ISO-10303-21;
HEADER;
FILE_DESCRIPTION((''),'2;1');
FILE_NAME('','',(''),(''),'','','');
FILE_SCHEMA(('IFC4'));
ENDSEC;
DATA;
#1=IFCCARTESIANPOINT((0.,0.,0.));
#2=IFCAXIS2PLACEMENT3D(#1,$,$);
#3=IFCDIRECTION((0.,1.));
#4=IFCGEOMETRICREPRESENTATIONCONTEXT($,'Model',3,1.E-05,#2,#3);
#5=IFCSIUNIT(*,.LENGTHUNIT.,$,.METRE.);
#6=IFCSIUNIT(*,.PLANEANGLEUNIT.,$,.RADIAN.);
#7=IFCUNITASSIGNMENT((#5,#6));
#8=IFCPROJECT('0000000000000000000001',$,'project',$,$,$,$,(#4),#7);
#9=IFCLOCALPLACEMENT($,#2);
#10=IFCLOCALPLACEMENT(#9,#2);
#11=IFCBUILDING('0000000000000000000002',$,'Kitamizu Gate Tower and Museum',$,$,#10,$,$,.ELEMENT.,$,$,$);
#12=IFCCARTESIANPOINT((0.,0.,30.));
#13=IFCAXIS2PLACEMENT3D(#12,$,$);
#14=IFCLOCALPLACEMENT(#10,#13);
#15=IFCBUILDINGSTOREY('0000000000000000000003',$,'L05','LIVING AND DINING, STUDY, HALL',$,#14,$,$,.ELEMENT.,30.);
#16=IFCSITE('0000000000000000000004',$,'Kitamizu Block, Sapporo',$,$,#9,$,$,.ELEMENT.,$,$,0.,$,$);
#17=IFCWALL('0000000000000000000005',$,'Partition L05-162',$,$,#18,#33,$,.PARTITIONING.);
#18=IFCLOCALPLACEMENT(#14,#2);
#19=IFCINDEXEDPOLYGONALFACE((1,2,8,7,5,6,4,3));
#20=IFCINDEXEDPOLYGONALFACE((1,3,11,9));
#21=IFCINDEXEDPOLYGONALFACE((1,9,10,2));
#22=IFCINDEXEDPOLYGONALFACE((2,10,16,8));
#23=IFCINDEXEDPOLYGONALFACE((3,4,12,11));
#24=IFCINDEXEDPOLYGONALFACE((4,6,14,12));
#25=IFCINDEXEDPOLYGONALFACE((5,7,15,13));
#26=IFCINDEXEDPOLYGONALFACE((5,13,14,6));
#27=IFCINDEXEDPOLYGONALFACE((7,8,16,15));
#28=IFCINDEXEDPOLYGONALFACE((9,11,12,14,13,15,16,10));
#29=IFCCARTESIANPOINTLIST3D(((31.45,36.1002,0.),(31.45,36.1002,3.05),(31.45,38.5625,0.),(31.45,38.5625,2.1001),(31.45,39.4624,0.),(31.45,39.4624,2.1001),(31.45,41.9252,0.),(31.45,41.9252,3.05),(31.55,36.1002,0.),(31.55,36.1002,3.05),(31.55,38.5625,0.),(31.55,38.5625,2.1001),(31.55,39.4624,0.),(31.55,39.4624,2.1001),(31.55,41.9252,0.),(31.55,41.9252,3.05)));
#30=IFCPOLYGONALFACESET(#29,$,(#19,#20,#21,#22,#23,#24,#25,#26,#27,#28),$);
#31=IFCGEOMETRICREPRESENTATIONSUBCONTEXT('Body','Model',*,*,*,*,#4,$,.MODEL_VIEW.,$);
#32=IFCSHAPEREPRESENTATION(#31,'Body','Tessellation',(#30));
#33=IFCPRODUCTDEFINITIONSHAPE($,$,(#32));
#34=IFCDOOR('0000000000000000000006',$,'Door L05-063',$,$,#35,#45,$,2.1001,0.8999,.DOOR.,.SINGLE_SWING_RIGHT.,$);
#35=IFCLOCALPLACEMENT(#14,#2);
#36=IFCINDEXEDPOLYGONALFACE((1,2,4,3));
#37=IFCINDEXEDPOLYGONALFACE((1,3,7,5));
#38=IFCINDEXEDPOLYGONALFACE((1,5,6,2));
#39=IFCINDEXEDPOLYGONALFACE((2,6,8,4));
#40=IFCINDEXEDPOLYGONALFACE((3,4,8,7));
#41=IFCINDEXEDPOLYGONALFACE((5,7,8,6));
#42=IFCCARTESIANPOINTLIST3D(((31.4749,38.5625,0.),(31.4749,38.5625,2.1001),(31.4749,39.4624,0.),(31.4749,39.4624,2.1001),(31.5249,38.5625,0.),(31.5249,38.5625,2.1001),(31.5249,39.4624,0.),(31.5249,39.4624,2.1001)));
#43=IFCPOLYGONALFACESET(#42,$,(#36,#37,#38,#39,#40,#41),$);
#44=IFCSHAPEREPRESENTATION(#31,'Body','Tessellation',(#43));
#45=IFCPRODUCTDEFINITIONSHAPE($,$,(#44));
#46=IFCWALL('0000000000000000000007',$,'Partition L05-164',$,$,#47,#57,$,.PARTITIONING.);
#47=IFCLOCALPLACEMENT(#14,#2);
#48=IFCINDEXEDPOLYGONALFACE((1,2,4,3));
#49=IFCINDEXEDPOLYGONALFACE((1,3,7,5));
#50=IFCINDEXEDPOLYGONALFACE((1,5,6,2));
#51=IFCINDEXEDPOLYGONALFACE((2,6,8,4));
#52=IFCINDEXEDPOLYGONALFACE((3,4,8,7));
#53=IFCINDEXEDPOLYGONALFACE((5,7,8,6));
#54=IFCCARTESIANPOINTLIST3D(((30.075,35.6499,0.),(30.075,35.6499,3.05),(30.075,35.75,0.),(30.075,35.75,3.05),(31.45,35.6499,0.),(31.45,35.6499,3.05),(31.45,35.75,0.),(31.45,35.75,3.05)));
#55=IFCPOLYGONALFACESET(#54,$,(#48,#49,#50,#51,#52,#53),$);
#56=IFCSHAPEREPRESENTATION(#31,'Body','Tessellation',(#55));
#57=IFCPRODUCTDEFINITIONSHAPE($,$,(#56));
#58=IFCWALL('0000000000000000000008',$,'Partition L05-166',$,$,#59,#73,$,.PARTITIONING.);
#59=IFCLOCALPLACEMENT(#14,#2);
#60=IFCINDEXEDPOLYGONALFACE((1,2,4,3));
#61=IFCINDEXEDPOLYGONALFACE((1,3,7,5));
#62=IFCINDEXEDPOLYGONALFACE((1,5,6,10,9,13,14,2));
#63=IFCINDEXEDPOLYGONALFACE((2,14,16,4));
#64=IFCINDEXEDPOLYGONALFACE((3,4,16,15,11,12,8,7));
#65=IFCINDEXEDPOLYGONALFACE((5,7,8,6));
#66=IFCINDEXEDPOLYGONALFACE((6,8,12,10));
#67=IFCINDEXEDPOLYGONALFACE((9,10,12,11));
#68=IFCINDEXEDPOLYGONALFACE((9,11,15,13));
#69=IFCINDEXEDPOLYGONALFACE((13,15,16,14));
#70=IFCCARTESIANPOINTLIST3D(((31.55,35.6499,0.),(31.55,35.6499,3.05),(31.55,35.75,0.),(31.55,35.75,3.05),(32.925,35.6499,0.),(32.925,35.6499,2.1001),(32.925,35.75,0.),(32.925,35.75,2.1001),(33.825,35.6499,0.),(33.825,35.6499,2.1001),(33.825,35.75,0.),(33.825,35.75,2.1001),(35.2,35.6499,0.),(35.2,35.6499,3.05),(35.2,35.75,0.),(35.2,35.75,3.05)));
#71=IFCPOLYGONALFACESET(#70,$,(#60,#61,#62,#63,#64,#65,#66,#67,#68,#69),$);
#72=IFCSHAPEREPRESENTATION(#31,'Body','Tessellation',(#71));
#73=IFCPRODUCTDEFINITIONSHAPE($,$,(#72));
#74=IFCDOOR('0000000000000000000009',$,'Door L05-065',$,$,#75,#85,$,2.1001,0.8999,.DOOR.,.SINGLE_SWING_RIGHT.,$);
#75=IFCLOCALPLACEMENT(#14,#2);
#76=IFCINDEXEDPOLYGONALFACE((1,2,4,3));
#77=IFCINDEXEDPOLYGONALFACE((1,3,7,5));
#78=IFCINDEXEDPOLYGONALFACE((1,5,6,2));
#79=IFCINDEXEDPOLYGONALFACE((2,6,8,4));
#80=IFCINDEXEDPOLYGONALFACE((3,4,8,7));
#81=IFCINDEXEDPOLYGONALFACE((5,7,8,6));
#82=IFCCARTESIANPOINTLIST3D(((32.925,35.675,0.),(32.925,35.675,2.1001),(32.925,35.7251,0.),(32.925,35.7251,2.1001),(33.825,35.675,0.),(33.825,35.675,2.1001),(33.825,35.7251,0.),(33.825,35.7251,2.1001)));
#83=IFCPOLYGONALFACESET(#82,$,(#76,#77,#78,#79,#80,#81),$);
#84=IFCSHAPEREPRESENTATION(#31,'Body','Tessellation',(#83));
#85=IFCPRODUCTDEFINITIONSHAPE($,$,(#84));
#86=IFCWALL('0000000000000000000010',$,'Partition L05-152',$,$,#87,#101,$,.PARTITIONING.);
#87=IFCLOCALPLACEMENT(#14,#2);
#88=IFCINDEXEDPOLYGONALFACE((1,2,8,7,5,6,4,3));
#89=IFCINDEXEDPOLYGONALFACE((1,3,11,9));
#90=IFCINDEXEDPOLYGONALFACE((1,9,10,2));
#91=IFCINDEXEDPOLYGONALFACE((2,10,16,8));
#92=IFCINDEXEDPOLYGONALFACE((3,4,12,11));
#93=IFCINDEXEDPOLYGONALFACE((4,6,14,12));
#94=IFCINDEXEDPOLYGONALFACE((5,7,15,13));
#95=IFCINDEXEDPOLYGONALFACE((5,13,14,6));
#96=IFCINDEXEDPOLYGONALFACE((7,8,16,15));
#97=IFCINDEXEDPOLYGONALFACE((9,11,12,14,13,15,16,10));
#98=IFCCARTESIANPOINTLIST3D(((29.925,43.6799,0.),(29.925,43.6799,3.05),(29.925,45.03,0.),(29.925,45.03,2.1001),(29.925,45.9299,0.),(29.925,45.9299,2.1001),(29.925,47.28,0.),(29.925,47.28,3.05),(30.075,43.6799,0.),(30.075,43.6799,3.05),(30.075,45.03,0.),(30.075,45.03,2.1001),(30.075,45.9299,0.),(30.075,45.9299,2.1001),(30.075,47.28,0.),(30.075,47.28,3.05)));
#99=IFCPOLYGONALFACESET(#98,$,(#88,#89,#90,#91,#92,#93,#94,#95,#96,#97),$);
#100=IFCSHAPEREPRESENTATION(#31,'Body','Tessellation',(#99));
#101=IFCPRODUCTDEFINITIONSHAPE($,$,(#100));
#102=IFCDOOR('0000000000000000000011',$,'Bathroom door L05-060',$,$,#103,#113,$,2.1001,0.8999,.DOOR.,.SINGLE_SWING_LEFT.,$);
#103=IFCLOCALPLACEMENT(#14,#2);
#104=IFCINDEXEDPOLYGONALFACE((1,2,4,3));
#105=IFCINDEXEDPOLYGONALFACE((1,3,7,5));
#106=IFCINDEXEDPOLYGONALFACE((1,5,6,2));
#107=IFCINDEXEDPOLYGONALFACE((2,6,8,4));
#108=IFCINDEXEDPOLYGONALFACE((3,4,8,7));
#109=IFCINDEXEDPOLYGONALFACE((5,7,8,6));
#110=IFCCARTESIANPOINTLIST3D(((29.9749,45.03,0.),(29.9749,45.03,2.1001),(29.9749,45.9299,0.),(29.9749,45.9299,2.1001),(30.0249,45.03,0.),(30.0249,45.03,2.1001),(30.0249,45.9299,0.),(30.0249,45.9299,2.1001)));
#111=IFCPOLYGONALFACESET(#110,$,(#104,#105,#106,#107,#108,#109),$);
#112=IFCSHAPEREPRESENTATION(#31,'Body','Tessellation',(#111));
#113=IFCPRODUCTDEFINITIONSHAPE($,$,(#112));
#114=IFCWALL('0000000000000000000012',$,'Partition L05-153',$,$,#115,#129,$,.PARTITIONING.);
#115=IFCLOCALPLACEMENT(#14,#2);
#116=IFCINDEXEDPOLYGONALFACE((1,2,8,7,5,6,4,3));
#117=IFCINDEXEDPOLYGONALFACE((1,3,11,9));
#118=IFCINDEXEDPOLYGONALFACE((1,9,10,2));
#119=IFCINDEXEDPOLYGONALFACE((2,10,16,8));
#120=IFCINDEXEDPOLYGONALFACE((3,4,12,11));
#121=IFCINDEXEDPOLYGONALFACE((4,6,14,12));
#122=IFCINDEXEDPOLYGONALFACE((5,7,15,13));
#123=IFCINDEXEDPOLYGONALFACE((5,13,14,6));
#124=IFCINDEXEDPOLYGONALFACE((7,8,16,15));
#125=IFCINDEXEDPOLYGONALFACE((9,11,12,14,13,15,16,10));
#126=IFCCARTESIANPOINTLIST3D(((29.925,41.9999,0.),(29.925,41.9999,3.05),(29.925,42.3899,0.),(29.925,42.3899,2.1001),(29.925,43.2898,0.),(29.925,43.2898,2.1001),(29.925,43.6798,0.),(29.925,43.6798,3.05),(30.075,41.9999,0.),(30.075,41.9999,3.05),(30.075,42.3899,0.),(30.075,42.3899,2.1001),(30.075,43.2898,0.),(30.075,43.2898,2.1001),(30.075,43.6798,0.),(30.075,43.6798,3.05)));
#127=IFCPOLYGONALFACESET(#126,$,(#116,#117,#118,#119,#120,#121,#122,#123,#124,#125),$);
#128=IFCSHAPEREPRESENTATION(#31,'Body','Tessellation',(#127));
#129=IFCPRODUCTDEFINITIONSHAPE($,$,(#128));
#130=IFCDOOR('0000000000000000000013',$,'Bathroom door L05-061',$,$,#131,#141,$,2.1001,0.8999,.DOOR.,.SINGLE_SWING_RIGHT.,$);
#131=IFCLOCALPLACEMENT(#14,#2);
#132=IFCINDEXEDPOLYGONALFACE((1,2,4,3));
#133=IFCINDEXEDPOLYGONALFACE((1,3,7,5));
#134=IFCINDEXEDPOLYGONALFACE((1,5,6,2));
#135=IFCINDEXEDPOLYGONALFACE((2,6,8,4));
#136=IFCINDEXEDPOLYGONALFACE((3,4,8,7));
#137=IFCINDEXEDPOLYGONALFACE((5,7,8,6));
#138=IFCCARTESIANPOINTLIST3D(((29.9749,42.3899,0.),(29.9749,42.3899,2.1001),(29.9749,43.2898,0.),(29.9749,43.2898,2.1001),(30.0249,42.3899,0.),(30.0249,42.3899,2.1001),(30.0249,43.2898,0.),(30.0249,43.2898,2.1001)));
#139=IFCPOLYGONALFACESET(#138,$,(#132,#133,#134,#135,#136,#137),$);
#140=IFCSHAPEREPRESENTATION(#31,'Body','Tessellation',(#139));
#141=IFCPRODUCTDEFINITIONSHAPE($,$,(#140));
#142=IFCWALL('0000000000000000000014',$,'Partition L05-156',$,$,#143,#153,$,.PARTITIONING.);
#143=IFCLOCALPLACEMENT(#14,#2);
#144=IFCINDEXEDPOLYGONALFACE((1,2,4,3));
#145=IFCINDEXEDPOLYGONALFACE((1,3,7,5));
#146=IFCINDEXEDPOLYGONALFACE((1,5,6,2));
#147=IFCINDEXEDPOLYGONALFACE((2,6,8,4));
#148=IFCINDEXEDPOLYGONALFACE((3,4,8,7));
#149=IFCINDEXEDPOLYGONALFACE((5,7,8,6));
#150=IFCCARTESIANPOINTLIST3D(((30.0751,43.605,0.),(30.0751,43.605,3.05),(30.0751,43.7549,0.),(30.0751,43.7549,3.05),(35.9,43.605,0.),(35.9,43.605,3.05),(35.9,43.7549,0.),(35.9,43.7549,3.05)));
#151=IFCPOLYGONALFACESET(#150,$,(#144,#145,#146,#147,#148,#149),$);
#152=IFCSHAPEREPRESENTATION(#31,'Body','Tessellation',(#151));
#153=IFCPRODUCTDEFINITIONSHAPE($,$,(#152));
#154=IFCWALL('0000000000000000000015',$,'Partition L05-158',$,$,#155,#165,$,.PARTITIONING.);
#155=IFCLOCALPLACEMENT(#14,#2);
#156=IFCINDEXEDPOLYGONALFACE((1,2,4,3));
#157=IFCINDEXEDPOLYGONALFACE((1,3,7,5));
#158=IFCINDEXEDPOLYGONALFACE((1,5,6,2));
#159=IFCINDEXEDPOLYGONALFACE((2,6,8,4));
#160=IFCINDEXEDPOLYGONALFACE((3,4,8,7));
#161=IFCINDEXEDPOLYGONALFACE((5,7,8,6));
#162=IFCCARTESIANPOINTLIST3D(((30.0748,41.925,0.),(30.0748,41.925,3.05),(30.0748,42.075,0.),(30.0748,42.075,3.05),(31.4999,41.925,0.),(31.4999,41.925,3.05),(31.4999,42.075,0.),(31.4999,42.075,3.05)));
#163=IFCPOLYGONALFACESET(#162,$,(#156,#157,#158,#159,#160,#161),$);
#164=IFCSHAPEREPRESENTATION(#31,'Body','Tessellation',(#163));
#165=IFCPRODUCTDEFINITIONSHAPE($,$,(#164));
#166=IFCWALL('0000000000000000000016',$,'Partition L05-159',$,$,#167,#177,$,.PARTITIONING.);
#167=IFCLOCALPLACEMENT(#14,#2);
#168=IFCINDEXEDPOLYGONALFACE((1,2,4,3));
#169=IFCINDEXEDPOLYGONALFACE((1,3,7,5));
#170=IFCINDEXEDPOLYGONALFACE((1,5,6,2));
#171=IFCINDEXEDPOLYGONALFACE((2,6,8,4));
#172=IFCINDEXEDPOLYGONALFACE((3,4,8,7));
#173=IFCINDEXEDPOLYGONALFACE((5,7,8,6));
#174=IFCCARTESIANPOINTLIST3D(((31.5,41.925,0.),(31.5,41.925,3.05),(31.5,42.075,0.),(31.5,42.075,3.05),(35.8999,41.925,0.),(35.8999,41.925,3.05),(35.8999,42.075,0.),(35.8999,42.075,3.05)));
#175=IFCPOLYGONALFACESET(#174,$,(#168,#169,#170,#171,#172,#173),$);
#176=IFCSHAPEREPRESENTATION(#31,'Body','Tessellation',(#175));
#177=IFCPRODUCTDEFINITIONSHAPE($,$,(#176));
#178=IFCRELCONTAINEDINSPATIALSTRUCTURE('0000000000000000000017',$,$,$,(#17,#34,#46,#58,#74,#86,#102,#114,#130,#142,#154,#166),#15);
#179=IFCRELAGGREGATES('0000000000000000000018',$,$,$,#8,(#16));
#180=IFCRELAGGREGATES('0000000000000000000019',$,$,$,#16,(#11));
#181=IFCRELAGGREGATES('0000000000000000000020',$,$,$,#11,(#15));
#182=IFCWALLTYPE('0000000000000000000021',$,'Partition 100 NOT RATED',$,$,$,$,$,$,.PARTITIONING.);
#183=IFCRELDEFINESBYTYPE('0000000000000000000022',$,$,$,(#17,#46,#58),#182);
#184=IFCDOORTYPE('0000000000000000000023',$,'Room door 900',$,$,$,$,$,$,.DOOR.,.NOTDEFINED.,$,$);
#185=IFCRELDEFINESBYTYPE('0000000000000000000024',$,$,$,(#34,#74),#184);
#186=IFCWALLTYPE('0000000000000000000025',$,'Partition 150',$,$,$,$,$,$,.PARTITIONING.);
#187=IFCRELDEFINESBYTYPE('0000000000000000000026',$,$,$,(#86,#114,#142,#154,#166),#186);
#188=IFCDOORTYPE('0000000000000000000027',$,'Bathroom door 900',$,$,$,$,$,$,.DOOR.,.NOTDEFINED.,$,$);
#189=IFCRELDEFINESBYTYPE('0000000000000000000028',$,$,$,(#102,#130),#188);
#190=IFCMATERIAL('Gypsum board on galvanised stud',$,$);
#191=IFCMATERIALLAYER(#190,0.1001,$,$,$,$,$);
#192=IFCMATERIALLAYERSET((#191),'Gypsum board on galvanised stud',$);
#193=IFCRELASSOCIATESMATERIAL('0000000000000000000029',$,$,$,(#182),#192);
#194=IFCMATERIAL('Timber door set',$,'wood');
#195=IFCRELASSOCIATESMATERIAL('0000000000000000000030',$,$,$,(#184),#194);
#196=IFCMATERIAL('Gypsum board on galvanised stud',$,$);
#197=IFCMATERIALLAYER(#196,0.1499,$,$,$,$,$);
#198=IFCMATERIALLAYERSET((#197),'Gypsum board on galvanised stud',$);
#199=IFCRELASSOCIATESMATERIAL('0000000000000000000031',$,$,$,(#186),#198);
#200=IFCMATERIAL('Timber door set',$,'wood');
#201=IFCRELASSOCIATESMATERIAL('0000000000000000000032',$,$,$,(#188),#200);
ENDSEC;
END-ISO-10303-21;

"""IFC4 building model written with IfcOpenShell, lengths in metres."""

from ifc_helpers import new_model, si_unit, direction, frame, frame_2d, origin, place, context, subcontext, project, spatial, rectangle, extrude, material, layer, layer_set, type_object, element, fill, save


model = new_model("IFC4")

# Units and contexts
model_context = context("Model", 3, precision=1e-05, world=origin(), true_north=direction((0.0, 1.0)))
body_context = subcontext(model_context, "Body", "Model", "MODEL_VIEW")
ifc_project = project(units=[si_unit("LENGTHUNIT", "METRE"), si_unit("PLANEANGLEUNIT", "RADIAN")], contexts=[model_context])

# Site, building, storey
site_placement = place(None, origin())
site = spatial("IfcSite", under=ifc_project, at=site_placement, Name="Kitamizu Block, Sapporo", CompositionType="ELEMENT", RefElevation=0.0)
building_placement = place(site_placement, origin())
building = spatial("IfcBuilding", under=site, at=building_placement, Name="Kitamizu Gate Tower and Museum", CompositionType="ELEMENT")
storey_placement = place(building_placement, frame((0.0, 0.0, 30.0)))
storey = spatial("IfcBuildingStorey", under=building, at=storey_placement, Name="L05", Description="LIVING AND DINING, STUDY, HALL", CompositionType="ELEMENT", Elevation=30.0)

# Shared definitions
ifc_material_1 = material(Name="Gypsum board on galvanised stud")
ifc_layer_1 = layer(ifc_material_1, 0.1001)
ifc_layer_set_1 = layer_set([ifc_layer_1], Name="Gypsum board on galvanised stud")
wall_type_1 = type_object("IfcWallType", Name="Partition 100 NOT RATED", PredefinedType="PARTITIONING", material=ifc_layer_set_1)
ifc_material_2 = material(Name="Timber door set", Category="wood")
door_type_1 = type_object("IfcDoorType", Name="Room door 900", OperationType="NOTDEFINED", PredefinedType="DOOR", material=ifc_material_2)

# Wall, opening, door
wall_1_placement = place(storey_placement, frame((31.5, 36.1001, 0.0), z_axis=(0.0, 0.0, 1.0), x_axis=(0.0, 1.0, 0.0)))
wall_1 = element("IfcWall", 1, at=wall_1_placement, inside=storey, type_object=wall_type_1, Name="Partition L05-162", PredefinedType="PARTITIONING", context=body_context, shape_type="SweptSolid", body=[
    extrude(rectangle(XDim=5.825, YDim=0.1001, at=frame_2d((2.9126, 0.0))), origin(), (0.0, 0.0, 1.0), 3.05),
])
opening_1_placement = place(wall_1_placement, frame((2.4624, 0.0, 0.0)))
opening_1 = element("IfcOpeningElement", 2, at=opening_1_placement, cuts=wall_1, PredefinedType="OPENING", context=body_context, shape_type="SweptSolid", body=[
    extrude(rectangle(XDim=0.8999, YDim=2.1001, at=frame_2d((0.45, 1.05))), frame((0.0, 0.0601, 0.0), z_axis=(0.0, -1.0, 0.0), x_axis=(1.0, 0.0, 0.0)), (0.0, 0.0, 1.0), 0.1201),
])
door_1_placement = place(opening_1_placement, frame((0.8999, 0.0, 0.0), x_axis=(-1.0, 0.0, 0.0)))
door_1 = element("IfcDoor", 3, at=door_1_placement, inside=storey, type_object=door_type_1, Name="Door L05-063", OperationType="SINGLE_SWING_RIGHT", OverallHeight=2.1001, OverallWidth=0.8999, PredefinedType="DOOR", context=body_context, shape_type="SweptSolid", body=[
    extrude(rectangle(XDim=0.8999, YDim=2.1001, at=frame_2d((0.45, 1.05))), frame((0.0, 0.0249, 0.0), z_axis=(0.0, -1.0, 0.0), x_axis=(1.0, 0.0, 0.0)), (0.0, 0.0, 1.0), 0.05),
])
fill(opening_1, door_1)

# Wall
wall_2_placement = place(storey_placement, frame((30.075, 35.7, 0.0), z_axis=(0.0, 0.0, 1.0), x_axis=(1.0, 0.0, 0.0)))
element("IfcWall", 4, at=wall_2_placement, inside=storey, type_object=wall_type_1, Name="Partition L05-164", PredefinedType="PARTITIONING", context=body_context, shape_type="SweptSolid", body=[
    extrude(rectangle(XDim=1.375, YDim=0.1001, at=frame_2d((0.6875, 0.0))), origin(), (0.0, 0.0, 1.0), 3.05),
])

# Walls, openings, doors
wall_3_placement = place(storey_placement, frame((31.55, 35.7, 0.0), z_axis=(0.0, 0.0, 1.0), x_axis=(1.0, 0.0, 0.0)))
wall_3 = element("IfcWall", 5, at=wall_3_placement, inside=storey, type_object=wall_type_1, Name="Partition L05-166", PredefinedType="PARTITIONING", context=body_context, shape_type="SweptSolid", body=[
    extrude(rectangle(XDim=3.6499, YDim=0.1001, at=frame_2d((1.825, 0.0))), origin(), (0.0, 0.0, 1.0), 3.05),
])
opening_2_placement = place(wall_3_placement, frame((1.375, 0.0, 0.0)))
opening_2 = element("IfcOpeningElement", 6, at=opening_2_placement, cuts=wall_3, PredefinedType="OPENING", context=body_context, shape_type="SweptSolid", body=[
    extrude(rectangle(XDim=0.8999, YDim=2.1001, at=frame_2d((0.45, 1.05))), frame((0.0, 0.0601, 0.0), z_axis=(0.0, -1.0, 0.0), x_axis=(1.0, 0.0, 0.0)), (0.0, 0.0, 1.0), 0.1201),
])
door_2_placement = place(opening_2_placement, frame((0.8999, 0.0, 0.0), x_axis=(-1.0, 0.0, 0.0)))
door_2 = element("IfcDoor", 7, at=door_2_placement, inside=storey, type_object=door_type_1, Name="Door L05-065", OperationType="SINGLE_SWING_RIGHT", OverallHeight=2.1001, OverallWidth=0.8999, PredefinedType="DOOR", context=body_context, shape_type="SweptSolid", body=[
    extrude(rectangle(XDim=0.8999, YDim=2.1001, at=frame_2d((0.45, 1.05))), frame((0.0, 0.0249, 0.0), z_axis=(0.0, -1.0, 0.0), x_axis=(1.0, 0.0, 0.0)), (0.0, 0.0, 1.0), 0.05),
])
fill(opening_2, door_2)
ifc_material_3 = material(Name="Gypsum board on galvanised stud")
ifc_layer_2 = layer(ifc_material_3, 0.1499)
ifc_layer_set_2 = layer_set([ifc_layer_2], Name="Gypsum board on galvanised stud")
wall_type_2 = type_object("IfcWallType", Name="Partition 150", PredefinedType="PARTITIONING", material=ifc_layer_set_2)
wall_4_placement = place(storey_placement, frame((30.0, 43.6799, 0.0), z_axis=(0.0, 0.0, 1.0), x_axis=(0.0, 1.0, 0.0)))
wall_4 = element("IfcWall", 8, at=wall_4_placement, inside=storey, type_object=wall_type_2, Name="Partition L05-152", PredefinedType="PARTITIONING", context=body_context, shape_type="SweptSolid", body=[
    extrude(rectangle(XDim=3.6001, YDim=0.1499, at=frame_2d((1.8, 0.0))), origin(), (0.0, 0.0, 1.0), 3.05),
])
opening_3_placement = place(wall_4_placement, frame((1.3501, 0.0, 0.0)))
opening_3 = element("IfcOpeningElement", 9, at=opening_3_placement, cuts=wall_4, PredefinedType="OPENING", context=body_context, shape_type="SweptSolid", body=[
    extrude(rectangle(XDim=0.8999, YDim=2.1001, at=frame_2d((0.45, 1.05))), frame((0.0, 0.085, 0.0), z_axis=(0.0, -1.0, 0.0), x_axis=(1.0, 0.0, 0.0)), (0.0, 0.0, 1.0), 0.1699),
])
ifc_material_4 = material(Name="Timber door set", Category="wood")
door_type_2 = type_object("IfcDoorType", Name="Bathroom door 900", OperationType="NOTDEFINED", PredefinedType="DOOR", material=ifc_material_4)
door_3_placement = place(opening_3_placement, frame((0.8999, 0.0, 0.0), x_axis=(-1.0, 0.0, 0.0)))
door_3 = element("IfcDoor", 10, at=door_3_placement, inside=storey, type_object=door_type_2, Name="Bathroom door L05-060", OperationType="SINGLE_SWING_LEFT", OverallHeight=2.1001, OverallWidth=0.8999, PredefinedType="DOOR", context=body_context, shape_type="SweptSolid", body=[
    extrude(rectangle(XDim=0.8999, YDim=2.1001, at=frame_2d((0.45, 1.05))), frame((0.0, 0.0249, 0.0), z_axis=(0.0, -1.0, 0.0), x_axis=(1.0, 0.0, 0.0)), (0.0, 0.0, 1.0), 0.05),
])
fill(opening_3, door_3)
wall_5_placement = place(storey_placement, frame((30.0, 42.0, 0.0), z_axis=(0.0, 0.0, 1.0), x_axis=(0.0, 1.0, 0.0)))
wall_5 = element("IfcWall", 11, at=wall_5_placement, inside=storey, type_object=wall_type_2, Name="Partition L05-153", PredefinedType="PARTITIONING", context=body_context, shape_type="SweptSolid", body=[
    extrude(rectangle(XDim=1.6799, YDim=0.1499, at=frame_2d((0.8398, 0.0))), origin(), (0.0, 0.0, 1.0), 3.05),
])
opening_4_placement = place(wall_5_placement, frame((0.3899, 0.0, 0.0)))
opening_4 = element("IfcOpeningElement", 12, at=opening_4_placement, cuts=wall_5, PredefinedType="OPENING", context=body_context, shape_type="SweptSolid", body=[
    extrude(rectangle(XDim=0.8999, YDim=2.1001, at=frame_2d((0.45, 1.05))), frame((0.0, 0.085, 0.0), z_axis=(0.0, -1.0, 0.0), x_axis=(1.0, 0.0, 0.0)), (0.0, 0.0, 1.0), 0.1699),
])
door_4_placement = place(opening_4_placement, frame((0.8999, 0.0, 0.0), x_axis=(-1.0, 0.0, 0.0)))
door_4 = element("IfcDoor", 13, at=door_4_placement, inside=storey, type_object=door_type_2, Name="Bathroom door L05-061", OperationType="SINGLE_SWING_RIGHT", OverallHeight=2.1001, OverallWidth=0.8999, PredefinedType="DOOR", context=body_context, shape_type="SweptSolid", body=[
    extrude(rectangle(XDim=0.8999, YDim=2.1001, at=frame_2d((0.45, 1.05))), frame((0.0, 0.0249, 0.0), z_axis=(0.0, -1.0, 0.0), x_axis=(1.0, 0.0, 0.0)), (0.0, 0.0, 1.0), 0.05),
])
fill(opening_4, door_4)

# Walls
wall_6_placement = place(storey_placement, frame((30.075, 43.6799, 0.0), z_axis=(0.0, 0.0, 1.0), x_axis=(1.0, 0.0, 0.0)))
element("IfcWall", 14, at=wall_6_placement, inside=storey, type_object=wall_type_2, Name="Partition L05-156", PredefinedType="PARTITIONING", context=body_context, shape_type="SweptSolid", body=[
    extrude(rectangle(XDim=5.825, YDim=0.1499, at=frame_2d((2.9126, 0.0))), origin(), (0.0, 0.0, 1.0), 3.05),
])
wall_7_placement = place(storey_placement, frame((30.075, 42.0, 0.0), z_axis=(0.0, 0.0, 1.0), x_axis=(1.0, 0.0, 0.0)))
element("IfcWall", 15, at=wall_7_placement, inside=storey, type_object=wall_type_2, Name="Partition L05-158", PredefinedType="PARTITIONING", context=body_context, shape_type="SweptSolid", body=[
    extrude(rectangle(XDim=1.425, YDim=0.1499, at=frame_2d((0.7124, 0.0))), origin(), (0.0, 0.0, 1.0), 3.05),
])
wall_8_placement = place(storey_placement, frame((31.5, 42.0, 0.0), z_axis=(0.0, 0.0, 1.0), x_axis=(1.0, 0.0, 0.0)))
element("IfcWall", 16, at=wall_8_placement, inside=storey, type_object=wall_type_2, Name="Partition L05-159", PredefinedType="PARTITIONING", context=body_context, shape_type="SweptSolid", body=[
    extrude(rectangle(XDim=4.3999, YDim=0.1499, at=frame_2d((2.2, 0.0))), origin(), (0.0, 0.0, 1.0), 3.05),
])

save(model, "model.ifc")
